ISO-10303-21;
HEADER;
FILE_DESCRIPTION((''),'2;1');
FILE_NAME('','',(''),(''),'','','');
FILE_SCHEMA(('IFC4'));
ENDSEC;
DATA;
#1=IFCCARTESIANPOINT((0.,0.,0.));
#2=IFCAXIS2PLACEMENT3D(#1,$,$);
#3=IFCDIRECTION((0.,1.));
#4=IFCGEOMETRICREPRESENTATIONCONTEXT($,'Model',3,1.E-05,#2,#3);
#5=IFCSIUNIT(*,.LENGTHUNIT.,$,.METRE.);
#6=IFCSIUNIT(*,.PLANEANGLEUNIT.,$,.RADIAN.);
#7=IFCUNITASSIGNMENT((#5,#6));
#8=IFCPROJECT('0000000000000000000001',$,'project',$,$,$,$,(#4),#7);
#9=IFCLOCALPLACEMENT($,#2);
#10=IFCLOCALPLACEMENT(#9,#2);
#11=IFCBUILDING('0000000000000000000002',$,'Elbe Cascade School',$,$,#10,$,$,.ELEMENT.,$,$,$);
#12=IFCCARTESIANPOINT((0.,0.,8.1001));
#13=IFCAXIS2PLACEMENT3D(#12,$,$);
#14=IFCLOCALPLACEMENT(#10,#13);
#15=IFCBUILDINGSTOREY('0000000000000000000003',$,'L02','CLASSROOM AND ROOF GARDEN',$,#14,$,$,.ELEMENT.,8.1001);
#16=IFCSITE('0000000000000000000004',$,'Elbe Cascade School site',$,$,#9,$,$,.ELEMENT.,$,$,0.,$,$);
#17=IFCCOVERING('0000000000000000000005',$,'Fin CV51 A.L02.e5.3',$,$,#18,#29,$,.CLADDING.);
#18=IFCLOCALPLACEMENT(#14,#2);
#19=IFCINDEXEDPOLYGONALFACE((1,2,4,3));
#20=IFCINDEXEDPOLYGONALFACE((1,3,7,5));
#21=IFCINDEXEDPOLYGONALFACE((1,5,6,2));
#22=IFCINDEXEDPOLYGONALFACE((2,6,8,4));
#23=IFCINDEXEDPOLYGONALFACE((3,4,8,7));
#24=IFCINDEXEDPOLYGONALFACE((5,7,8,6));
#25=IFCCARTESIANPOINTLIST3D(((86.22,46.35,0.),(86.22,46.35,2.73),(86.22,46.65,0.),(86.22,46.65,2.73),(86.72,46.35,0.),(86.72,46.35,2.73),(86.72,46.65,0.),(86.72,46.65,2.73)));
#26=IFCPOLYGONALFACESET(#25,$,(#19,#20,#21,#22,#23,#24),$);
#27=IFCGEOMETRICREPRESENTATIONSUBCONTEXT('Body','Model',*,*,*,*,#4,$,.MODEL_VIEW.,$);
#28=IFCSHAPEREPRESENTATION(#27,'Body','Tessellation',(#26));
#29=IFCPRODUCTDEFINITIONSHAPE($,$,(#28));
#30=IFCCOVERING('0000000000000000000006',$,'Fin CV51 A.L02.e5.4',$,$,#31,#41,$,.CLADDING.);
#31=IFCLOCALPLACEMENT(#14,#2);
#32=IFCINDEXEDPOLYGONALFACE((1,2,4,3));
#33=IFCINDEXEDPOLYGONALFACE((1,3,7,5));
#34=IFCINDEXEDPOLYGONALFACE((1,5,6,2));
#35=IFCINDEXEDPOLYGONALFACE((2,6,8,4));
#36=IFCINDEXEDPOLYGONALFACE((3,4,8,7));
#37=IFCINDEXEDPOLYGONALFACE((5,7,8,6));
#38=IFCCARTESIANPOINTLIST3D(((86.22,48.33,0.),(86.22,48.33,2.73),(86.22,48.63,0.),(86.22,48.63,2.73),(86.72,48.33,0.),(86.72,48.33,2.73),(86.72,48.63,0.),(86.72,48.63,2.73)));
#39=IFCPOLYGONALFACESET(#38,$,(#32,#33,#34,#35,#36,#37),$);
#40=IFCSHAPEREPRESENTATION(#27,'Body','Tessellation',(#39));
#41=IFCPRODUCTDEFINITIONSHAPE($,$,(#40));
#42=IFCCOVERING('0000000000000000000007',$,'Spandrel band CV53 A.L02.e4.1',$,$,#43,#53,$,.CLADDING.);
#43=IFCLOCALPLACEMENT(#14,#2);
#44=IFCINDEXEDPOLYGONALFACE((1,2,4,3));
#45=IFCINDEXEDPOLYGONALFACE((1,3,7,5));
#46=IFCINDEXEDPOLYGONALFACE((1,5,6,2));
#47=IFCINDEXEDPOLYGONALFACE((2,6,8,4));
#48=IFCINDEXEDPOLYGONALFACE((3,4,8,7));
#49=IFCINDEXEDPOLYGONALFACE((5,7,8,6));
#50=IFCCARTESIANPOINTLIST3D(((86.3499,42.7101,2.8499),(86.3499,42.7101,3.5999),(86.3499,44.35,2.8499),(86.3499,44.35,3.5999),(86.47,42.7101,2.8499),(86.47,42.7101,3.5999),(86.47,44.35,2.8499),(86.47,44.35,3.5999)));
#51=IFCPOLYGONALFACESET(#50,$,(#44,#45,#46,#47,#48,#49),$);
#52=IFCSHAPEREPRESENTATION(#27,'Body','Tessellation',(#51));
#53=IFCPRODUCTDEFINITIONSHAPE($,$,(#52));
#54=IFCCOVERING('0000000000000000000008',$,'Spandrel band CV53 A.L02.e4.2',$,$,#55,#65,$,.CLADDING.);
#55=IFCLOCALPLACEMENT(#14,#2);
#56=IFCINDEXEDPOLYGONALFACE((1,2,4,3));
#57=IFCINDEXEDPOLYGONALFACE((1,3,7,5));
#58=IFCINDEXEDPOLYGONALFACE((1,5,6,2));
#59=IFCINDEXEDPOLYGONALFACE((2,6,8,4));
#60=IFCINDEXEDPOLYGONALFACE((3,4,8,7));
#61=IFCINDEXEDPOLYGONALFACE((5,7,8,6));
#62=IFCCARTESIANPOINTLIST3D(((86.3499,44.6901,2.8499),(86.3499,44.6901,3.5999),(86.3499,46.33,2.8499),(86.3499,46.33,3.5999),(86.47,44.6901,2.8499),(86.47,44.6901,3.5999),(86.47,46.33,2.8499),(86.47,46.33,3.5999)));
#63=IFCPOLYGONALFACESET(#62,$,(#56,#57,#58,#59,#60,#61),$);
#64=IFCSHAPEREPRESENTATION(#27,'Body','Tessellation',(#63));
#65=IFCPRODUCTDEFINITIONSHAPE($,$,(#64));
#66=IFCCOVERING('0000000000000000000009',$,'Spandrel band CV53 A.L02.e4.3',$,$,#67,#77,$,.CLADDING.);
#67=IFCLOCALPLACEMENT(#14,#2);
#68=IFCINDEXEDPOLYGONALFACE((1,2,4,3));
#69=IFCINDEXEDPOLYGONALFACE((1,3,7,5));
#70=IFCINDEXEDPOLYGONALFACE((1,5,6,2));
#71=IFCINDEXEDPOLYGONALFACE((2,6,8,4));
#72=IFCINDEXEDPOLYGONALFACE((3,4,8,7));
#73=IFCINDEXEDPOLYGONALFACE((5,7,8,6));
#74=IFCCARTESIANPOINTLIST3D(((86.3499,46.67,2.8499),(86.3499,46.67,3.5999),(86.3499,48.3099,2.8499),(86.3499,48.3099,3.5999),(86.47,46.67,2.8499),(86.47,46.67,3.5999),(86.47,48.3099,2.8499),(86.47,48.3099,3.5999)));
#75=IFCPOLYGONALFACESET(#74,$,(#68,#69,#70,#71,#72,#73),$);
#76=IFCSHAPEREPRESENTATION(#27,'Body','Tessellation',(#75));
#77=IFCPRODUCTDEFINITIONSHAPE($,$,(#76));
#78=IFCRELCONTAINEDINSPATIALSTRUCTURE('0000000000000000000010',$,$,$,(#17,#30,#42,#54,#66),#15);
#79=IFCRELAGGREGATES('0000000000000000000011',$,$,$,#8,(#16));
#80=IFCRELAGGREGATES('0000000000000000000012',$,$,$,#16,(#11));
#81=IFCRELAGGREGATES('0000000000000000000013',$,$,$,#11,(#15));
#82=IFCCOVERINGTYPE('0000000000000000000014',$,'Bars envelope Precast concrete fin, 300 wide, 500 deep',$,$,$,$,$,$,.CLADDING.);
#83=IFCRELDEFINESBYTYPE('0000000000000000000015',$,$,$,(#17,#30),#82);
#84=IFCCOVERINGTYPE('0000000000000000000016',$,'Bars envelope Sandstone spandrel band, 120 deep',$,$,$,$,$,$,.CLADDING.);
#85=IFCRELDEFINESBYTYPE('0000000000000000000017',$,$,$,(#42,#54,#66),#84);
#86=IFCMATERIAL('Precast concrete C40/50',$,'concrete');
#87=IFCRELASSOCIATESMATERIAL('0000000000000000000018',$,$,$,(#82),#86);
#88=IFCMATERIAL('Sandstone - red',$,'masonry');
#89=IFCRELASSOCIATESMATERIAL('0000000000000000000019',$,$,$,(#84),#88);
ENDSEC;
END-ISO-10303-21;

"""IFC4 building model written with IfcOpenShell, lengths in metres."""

from ifc_helpers import new_model, si_unit, direction, frame, origin, origin_2d, place, context, subcontext, project, spatial, rectangle, extrude, material, type_object, element, save


model = new_model("IFC4")

# Units and contexts
model_context = context("Model", 3, precision=1e-05, world=origin(), true_north=direction((0.0, 1.0)))
body_context = subcontext(model_context, "Body", "Model", "MODEL_VIEW")
ifc_project = project(units=[si_unit("LENGTHUNIT", "METRE"), si_unit("PLANEANGLEUNIT", "RADIAN")], contexts=[model_context])

# Site, building, storey
site_placement = place(None, origin())
site = spatial("IfcSite", under=ifc_project, at=site_placement, Name="Elbe Cascade School site", CompositionType="ELEMENT", RefElevation=0.0)
building_placement = place(site_placement, origin())
building = spatial("IfcBuilding", under=site, at=building_placement, Name="Elbe Cascade School", CompositionType="ELEMENT")
storey_placement = place(building_placement, frame((0.0, 0.0, 8.1001)))
storey = spatial("IfcBuildingStorey", under=building, at=storey_placement, Name="L02", Description="CLASSROOM AND ROOF GARDEN", CompositionType="ELEMENT", Elevation=8.1001)

# Coverings
ifc_material_1 = material(Name="Precast concrete C40/50", Category="concrete")
covering_type_1 = type_object("IfcCoveringType", Name="Bars envelope Precast concrete fin, 300 wide, 500 deep", PredefinedType="CLADDING", material=ifc_material_1)
for number, where, z_axis, x_axis, name in (
    (1, (86.47, 46.5, 0.0), (0.0, 0.0, 1.0), (0.0, 1.0, 0.0), "Fin CV51 A.L02.e5.3"),
    (2, (86.47, 48.48, 0.0), (0.0, 0.0, 1.0), (0.0, 1.0, 0.0), "Fin CV51 A.L02.e5.4"),
):
    element("IfcCovering", number, at=place(storey_placement, frame(where, z_axis=z_axis, x_axis=x_axis)), inside=storey, type_object=covering_type_1, Name=name, PredefinedType="CLADDING", context=body_context, shape_type="SweptSolid", body=[
        extrude(rectangle(XDim=0.3, YDim=0.5, at=origin_2d()), origin(), (0.0, 0.0, 1.0), 2.73),
    ])
ifc_material_2 = material(Name="Sandstone - red", Category="masonry")
covering_type_2 = type_object("IfcCoveringType", Name="Bars envelope Sandstone spandrel band, 120 deep", PredefinedType="CLADDING", material=ifc_material_2)
for number, where, z_axis, x_axis, name in (
    (3, (86.4099, 43.53, 2.8499), (0.0, 0.0, 1.0), (0.0, 1.0, 0.0), "Spandrel band CV53 A.L02.e4.1"),
    (4, (86.4099, 45.51, 2.8499), (0.0, 0.0, 1.0), (0.0, 1.0, 0.0), "Spandrel band CV53 A.L02.e4.2"),
    (5, (86.4099, 47.49, 2.8499), (0.0, 0.0, 1.0), (0.0, 1.0, 0.0), "Spandrel band CV53 A.L02.e4.3"),
):
    element("IfcCovering", number, at=place(storey_placement, frame(where, z_axis=z_axis, x_axis=x_axis)), inside=storey, type_object=covering_type_2, Name=name, PredefinedType="CLADDING", context=body_context, shape_type="SweptSolid", body=[
        extrude(rectangle(XDim=1.6399, YDim=0.1201, at=origin_2d()), origin(), (0.0, 0.0, 1.0), 0.75),
    ])

save(model, "model.ifc")
